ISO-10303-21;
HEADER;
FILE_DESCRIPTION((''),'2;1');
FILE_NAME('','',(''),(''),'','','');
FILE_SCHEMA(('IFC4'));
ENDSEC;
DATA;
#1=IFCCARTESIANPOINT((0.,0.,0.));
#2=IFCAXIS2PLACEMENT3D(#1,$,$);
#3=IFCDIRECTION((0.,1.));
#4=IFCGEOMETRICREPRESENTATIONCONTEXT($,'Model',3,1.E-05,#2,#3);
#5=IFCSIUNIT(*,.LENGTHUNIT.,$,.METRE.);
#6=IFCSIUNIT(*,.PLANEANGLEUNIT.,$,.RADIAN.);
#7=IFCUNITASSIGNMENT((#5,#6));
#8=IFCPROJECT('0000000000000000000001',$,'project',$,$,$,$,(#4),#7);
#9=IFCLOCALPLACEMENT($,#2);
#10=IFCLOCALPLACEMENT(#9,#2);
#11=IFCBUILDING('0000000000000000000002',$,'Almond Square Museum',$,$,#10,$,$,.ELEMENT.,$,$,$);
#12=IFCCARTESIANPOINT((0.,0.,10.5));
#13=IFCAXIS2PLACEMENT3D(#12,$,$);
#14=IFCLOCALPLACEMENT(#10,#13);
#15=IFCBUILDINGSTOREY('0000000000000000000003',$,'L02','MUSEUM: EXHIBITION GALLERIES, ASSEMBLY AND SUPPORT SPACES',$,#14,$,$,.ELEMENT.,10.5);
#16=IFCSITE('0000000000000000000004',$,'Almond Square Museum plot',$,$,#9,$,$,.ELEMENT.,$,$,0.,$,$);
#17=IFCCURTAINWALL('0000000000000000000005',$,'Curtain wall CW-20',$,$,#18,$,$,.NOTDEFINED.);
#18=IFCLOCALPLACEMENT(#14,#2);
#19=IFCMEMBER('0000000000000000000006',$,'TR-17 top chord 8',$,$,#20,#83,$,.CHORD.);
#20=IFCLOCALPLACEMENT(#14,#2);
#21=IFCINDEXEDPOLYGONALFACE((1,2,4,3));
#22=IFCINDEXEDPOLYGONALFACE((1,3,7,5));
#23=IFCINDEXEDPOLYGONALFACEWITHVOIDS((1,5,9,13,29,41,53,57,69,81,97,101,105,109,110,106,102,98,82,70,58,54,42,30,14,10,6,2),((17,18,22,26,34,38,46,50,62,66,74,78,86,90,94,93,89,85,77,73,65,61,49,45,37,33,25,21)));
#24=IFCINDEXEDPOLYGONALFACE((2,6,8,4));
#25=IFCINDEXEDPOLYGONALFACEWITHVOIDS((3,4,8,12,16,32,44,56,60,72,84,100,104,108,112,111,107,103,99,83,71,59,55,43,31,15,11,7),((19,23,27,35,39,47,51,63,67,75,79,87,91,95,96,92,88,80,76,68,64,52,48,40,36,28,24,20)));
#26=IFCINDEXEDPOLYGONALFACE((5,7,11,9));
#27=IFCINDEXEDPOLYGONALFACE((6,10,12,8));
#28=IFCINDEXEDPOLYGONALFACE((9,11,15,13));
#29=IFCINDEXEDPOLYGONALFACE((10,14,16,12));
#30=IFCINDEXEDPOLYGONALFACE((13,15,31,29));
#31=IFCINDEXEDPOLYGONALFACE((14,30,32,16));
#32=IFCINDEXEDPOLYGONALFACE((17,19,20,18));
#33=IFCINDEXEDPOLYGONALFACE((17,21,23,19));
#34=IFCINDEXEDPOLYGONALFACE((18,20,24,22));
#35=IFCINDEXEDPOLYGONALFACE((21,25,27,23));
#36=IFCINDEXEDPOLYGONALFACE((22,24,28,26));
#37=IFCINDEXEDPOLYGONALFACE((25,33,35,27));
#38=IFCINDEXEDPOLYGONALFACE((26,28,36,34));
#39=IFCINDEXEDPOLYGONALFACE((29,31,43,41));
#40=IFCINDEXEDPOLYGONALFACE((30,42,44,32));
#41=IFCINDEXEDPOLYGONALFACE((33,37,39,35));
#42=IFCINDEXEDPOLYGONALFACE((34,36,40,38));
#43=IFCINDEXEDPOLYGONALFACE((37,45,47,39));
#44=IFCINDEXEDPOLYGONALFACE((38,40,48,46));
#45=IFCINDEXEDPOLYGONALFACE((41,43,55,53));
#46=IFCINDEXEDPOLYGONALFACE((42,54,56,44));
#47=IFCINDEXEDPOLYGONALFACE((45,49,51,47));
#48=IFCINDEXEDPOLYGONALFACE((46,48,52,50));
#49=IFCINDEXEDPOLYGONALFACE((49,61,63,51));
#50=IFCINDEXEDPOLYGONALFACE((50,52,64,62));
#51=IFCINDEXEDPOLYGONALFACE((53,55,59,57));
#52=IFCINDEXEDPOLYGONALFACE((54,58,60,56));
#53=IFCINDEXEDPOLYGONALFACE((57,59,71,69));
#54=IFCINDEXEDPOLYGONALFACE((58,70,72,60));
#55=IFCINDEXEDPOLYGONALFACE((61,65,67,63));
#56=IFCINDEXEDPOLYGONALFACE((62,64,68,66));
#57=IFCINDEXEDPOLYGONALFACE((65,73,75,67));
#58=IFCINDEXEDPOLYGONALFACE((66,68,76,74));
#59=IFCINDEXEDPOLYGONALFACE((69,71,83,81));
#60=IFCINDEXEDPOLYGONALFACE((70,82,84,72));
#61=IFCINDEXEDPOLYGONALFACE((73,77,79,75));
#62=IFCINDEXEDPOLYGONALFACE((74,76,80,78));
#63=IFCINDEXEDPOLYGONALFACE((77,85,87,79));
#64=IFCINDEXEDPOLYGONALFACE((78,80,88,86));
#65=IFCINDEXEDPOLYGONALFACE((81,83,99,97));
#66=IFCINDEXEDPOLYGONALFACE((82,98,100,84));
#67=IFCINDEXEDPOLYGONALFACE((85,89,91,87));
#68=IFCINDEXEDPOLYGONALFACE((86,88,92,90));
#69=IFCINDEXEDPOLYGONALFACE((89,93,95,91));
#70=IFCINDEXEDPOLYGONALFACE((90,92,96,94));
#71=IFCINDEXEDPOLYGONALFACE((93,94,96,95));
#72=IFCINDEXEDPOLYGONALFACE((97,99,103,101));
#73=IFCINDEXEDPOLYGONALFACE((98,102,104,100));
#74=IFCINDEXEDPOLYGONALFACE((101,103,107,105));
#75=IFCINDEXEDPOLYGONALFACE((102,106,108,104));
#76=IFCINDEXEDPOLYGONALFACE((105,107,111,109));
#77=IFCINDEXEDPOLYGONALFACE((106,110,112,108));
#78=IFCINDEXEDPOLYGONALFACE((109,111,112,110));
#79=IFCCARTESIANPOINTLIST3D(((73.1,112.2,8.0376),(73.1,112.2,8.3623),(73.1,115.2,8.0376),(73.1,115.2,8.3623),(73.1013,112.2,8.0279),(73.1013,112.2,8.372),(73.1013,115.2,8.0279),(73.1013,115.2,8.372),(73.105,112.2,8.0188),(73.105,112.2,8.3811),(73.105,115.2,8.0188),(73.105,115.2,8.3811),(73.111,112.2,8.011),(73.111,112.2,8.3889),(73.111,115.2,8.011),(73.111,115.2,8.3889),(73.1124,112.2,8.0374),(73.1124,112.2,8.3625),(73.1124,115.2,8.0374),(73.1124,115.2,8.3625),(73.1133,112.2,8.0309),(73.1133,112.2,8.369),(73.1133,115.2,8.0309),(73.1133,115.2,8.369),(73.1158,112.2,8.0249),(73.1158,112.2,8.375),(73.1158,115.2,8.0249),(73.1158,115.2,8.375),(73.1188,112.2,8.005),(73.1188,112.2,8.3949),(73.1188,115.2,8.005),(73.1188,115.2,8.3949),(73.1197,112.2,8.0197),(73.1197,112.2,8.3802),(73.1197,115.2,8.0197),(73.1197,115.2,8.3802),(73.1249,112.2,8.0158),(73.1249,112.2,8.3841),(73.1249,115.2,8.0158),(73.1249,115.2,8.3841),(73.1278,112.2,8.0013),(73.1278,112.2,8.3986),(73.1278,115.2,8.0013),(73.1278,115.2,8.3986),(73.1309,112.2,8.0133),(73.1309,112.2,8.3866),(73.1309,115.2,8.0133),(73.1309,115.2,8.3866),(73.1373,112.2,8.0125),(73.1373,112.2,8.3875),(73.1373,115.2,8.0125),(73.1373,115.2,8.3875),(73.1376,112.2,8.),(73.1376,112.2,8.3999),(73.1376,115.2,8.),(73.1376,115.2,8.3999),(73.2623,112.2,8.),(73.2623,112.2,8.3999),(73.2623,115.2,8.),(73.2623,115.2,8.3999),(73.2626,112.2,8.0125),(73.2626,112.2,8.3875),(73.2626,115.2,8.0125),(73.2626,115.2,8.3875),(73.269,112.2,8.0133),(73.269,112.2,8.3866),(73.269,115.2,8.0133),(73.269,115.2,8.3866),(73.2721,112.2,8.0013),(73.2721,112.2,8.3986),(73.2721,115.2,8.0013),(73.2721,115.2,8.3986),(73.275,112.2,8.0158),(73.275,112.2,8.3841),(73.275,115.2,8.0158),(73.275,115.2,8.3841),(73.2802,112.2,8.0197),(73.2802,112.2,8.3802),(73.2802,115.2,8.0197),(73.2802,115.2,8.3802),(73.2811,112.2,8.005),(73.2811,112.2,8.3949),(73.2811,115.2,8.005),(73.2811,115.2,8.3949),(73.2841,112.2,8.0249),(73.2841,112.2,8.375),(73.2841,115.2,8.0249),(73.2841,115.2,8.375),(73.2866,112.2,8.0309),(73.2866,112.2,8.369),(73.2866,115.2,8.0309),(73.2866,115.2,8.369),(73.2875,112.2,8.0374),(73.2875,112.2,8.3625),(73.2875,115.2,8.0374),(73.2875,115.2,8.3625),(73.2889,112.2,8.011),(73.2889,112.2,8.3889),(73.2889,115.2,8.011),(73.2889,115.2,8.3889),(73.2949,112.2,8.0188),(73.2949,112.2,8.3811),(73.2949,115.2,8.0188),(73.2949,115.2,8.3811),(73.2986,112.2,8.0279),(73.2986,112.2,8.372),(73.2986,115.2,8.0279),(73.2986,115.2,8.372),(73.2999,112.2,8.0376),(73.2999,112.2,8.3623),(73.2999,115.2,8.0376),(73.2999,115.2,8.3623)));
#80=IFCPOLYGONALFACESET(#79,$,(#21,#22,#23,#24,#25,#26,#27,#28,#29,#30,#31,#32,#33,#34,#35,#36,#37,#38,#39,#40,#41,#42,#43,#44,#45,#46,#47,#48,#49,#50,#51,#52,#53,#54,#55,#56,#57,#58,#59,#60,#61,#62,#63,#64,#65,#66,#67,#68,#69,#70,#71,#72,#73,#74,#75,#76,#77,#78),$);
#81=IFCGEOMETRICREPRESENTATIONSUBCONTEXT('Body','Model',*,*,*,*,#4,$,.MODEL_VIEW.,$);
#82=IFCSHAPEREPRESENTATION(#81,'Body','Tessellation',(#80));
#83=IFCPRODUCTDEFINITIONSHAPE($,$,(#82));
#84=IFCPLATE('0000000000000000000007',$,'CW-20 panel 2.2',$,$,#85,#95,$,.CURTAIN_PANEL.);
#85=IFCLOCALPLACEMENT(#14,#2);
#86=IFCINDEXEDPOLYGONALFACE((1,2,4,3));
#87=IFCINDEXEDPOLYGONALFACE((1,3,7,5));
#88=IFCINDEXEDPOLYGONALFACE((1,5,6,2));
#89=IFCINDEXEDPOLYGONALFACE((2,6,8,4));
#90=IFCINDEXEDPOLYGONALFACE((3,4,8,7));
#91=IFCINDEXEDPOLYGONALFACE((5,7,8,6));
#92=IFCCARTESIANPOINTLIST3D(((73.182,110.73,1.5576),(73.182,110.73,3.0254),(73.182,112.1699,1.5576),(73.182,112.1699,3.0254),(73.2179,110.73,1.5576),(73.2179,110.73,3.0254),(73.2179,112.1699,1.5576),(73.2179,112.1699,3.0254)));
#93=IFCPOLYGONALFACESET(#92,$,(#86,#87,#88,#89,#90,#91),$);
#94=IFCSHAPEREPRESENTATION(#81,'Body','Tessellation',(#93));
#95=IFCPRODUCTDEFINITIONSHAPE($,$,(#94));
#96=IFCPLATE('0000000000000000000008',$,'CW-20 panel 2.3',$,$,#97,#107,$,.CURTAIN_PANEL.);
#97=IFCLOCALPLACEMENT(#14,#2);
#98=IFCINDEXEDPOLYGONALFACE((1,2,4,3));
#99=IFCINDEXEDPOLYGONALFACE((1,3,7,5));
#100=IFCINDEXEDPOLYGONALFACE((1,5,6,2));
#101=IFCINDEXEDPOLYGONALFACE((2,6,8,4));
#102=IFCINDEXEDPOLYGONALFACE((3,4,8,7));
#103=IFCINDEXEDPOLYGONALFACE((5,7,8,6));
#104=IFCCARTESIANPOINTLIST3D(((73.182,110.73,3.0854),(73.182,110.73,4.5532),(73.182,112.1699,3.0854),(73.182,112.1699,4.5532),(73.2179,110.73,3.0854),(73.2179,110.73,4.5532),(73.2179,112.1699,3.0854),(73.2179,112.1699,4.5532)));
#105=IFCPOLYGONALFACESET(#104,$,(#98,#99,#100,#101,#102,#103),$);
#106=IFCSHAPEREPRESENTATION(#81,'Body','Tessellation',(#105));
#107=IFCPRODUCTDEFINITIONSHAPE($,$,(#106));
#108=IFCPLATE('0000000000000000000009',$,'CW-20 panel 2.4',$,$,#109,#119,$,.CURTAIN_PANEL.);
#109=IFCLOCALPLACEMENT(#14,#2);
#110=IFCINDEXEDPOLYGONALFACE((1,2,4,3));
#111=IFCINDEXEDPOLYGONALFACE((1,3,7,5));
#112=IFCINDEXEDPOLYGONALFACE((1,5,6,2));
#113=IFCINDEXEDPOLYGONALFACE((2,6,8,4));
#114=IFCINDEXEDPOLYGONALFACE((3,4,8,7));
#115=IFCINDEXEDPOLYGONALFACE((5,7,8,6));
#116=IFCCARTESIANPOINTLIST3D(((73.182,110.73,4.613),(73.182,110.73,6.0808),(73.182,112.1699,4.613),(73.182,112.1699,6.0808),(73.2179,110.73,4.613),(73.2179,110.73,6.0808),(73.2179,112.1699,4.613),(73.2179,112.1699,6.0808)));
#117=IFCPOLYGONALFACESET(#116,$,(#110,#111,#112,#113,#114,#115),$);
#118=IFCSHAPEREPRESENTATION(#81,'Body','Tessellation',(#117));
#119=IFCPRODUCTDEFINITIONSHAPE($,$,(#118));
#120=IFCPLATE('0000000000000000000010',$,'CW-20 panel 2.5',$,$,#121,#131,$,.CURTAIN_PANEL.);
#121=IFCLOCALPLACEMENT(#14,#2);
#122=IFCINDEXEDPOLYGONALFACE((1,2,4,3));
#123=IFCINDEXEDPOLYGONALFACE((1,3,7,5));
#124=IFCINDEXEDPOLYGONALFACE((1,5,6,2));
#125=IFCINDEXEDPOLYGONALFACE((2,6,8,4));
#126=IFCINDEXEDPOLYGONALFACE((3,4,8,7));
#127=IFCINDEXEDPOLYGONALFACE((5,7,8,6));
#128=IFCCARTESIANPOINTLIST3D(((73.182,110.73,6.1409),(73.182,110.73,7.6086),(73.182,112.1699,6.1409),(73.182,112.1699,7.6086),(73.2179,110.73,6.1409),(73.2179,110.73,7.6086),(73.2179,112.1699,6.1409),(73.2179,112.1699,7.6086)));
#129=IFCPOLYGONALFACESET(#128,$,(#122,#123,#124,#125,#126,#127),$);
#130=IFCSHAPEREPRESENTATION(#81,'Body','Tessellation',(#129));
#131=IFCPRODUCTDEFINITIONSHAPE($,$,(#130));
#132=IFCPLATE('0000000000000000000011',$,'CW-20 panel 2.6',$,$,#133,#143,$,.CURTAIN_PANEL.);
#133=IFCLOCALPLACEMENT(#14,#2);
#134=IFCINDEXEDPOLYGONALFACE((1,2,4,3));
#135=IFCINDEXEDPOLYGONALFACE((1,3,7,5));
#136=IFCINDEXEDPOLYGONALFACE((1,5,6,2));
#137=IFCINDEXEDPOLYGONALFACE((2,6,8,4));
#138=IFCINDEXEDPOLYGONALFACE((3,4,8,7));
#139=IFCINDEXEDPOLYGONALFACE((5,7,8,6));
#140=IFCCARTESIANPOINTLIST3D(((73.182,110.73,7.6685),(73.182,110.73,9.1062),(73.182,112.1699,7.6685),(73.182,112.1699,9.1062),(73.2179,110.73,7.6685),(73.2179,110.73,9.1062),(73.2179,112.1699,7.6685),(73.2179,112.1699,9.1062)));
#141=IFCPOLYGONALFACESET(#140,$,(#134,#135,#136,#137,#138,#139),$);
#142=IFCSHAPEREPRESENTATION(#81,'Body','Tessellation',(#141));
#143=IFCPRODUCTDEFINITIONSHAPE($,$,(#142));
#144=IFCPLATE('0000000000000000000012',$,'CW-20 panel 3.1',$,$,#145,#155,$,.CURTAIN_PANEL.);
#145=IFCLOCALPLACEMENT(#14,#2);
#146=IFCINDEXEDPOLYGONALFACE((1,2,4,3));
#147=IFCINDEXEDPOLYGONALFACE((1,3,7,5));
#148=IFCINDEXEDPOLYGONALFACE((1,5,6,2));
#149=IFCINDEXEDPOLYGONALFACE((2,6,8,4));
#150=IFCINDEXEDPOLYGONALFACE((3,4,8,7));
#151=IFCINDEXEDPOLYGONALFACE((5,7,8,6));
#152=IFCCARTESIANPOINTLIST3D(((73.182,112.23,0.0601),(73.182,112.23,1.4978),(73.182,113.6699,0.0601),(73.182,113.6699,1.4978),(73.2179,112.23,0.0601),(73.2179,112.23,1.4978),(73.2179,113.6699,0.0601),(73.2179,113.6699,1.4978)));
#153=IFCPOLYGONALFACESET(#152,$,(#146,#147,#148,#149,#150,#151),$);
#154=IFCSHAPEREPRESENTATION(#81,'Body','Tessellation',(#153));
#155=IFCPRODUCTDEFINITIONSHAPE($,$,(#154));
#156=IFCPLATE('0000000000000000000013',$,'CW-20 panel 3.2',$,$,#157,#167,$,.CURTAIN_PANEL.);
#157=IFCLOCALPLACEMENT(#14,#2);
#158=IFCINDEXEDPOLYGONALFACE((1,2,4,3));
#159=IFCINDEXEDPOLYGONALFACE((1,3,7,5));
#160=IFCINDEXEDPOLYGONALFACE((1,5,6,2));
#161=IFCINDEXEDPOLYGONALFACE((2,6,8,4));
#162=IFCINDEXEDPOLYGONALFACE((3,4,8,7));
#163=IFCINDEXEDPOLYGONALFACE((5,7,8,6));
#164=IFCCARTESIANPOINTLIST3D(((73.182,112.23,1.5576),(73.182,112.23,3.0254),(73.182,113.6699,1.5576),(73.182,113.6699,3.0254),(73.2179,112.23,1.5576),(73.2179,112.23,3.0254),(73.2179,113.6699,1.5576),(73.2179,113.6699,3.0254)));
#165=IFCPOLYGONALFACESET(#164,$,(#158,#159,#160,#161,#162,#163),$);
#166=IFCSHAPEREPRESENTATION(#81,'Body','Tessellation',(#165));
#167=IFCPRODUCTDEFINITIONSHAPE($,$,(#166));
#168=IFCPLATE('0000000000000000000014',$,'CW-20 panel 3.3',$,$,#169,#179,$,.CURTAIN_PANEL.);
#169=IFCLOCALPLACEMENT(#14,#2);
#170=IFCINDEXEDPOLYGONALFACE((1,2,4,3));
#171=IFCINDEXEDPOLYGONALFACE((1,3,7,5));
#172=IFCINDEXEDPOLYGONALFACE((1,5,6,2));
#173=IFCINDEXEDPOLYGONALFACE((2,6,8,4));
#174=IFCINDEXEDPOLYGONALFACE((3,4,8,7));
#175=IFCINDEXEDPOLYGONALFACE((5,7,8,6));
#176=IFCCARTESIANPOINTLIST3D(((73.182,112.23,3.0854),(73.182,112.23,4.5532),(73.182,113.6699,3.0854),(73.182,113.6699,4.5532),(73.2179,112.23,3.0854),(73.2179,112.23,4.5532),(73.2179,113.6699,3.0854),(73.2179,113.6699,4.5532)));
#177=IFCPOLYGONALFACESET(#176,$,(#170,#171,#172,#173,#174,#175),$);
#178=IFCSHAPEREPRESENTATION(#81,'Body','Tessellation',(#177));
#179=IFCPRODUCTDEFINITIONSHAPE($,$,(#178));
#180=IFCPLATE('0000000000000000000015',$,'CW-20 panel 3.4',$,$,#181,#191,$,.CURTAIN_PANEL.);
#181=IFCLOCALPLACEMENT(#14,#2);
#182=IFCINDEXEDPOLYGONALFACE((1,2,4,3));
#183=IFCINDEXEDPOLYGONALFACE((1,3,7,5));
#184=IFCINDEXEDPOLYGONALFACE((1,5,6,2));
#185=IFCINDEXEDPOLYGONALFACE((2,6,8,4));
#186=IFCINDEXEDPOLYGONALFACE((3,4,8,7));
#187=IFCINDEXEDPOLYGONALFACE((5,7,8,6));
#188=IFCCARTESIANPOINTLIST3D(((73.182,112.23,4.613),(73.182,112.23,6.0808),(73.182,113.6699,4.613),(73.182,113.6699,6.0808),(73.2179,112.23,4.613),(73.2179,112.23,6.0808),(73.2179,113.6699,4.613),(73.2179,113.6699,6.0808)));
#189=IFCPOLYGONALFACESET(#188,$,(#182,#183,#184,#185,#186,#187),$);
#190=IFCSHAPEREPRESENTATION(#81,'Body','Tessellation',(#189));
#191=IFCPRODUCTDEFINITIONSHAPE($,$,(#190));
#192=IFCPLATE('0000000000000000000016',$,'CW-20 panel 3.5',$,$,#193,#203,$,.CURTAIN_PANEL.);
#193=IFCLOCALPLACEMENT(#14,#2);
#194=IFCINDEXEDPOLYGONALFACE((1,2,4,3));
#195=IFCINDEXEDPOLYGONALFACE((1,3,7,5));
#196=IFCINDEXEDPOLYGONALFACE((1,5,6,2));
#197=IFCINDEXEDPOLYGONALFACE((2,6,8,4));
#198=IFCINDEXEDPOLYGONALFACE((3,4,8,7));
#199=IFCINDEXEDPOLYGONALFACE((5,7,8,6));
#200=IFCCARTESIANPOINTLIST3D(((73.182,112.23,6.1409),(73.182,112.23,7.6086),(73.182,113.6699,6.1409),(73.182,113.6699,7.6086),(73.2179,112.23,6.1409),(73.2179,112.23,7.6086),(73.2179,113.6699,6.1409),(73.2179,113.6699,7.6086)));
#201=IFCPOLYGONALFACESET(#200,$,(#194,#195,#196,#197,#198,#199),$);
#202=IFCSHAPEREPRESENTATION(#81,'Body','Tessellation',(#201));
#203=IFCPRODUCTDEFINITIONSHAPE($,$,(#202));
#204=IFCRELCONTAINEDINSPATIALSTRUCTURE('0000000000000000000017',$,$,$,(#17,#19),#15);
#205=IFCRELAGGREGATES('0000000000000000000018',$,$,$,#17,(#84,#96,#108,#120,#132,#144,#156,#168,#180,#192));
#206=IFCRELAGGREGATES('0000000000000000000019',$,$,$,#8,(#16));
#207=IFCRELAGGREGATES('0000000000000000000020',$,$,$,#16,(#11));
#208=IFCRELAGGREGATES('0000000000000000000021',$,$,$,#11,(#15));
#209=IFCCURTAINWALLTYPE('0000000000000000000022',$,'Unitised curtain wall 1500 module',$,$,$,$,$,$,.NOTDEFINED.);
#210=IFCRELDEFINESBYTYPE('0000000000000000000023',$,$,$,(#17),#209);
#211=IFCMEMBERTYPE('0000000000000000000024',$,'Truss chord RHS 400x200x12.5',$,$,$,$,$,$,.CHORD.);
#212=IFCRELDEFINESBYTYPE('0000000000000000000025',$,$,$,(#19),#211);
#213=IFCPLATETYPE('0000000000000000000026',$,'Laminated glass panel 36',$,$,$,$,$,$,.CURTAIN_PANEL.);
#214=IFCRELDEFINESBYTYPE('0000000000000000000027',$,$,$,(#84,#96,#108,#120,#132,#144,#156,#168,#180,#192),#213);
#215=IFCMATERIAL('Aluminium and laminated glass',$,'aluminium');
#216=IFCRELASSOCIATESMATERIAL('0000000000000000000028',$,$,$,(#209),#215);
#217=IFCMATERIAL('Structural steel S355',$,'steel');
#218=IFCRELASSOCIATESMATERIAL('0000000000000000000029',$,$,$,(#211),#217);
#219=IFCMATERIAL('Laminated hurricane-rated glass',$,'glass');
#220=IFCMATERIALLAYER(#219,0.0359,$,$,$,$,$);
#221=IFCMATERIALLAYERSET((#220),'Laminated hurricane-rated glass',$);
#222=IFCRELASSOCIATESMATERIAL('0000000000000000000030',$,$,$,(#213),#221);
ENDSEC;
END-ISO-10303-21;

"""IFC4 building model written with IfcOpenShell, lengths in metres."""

from ifc_helpers import new_model, si_unit, direction, frame, origin, origin_2d, place, context, subcontext, project, spatial, rectangle, hollow_rectangle, extrude, material, layer, layer_set, material_profile, profile_set, type_object, element, aggregate, save


model = new_model("IFC4")

# Units and contexts
model_context = context("Model", 3, precision=1e-05, world=origin(), true_north=direction((0.0, 1.0)))
body_context = subcontext(model_context, "Body", "Model", "MODEL_VIEW")
ifc_project = project(units=[si_unit("LENGTHUNIT", "METRE"), si_unit("PLANEANGLEUNIT", "RADIAN")], contexts=[model_context])

# Site, building, storey
site_placement = place(None, origin())
site = spatial("IfcSite", under=ifc_project, at=site_placement, Name="Almond Square Museum plot", CompositionType="ELEMENT", RefElevation=0.0)
building_placement = place(site_placement, origin())
building = spatial("IfcBuilding", under=site, at=building_placement, Name="Almond Square Museum", CompositionType="ELEMENT")
storey_placement = place(building_placement, frame((0.0, 0.0, 10.5)))
storey = spatial("IfcBuildingStorey", under=building, at=storey_placement, Name="L02", Description="MUSEUM: EXHIBITION GALLERIES, ASSEMBLY AND SUPPORT SPACES", CompositionType="ELEMENT", Elevation=10.5)

# Curtain wall
ifc_material_1 = material(Name="Aluminium and laminated glass", Category="aluminium")
curtain_wall_type = type_object("IfcCurtainWallType", Name="Unitised curtain wall 1500 module", PredefinedType="NOTDEFINED", material=ifc_material_1)
curtain_wall_placement = place(storey_placement, origin())
curtain_wall = element("IfcCurtainWall", 1, at=curtain_wall_placement, inside=storey, type_object=curtain_wall_type, Name="Curtain wall CW-20", PredefinedType="NOTDEFINED")

# Member
ifc_material_2 = material(Name="Structural steel S355", Category="steel")
ifc_material_profile_1 = material_profile(ifc_material_2, hollow_rectangle(XDim=0.2, YDim=0.3999, WallThickness=0.0125, InnerFilletRadius=0.0249, OuterFilletRadius=0.0376, at=origin_2d()))
ifc_profile_set_1 = profile_set([ifc_material_profile_1], Name="Structural steel S355")
member_type_1 = type_object("IfcMemberType", Name="Truss chord RHS 400x200x12.5", PredefinedType="CHORD", material=ifc_profile_set_1)
member_1_placement = place(storey_placement, frame((73.2, 112.2, 8.2), z_axis=(0.0, 1.0, 0.0), x_axis=(-1.0, 0.0, 0.0)))
element("IfcMember", 2, at=member_1_placement, inside=storey, type_object=member_type_1, Name="TR-17 top chord 8", PredefinedType="CHORD", context=body_context, shape_type="SweptSolid", body=[
    extrude(hollow_rectangle(XDim=0.2, YDim=0.3999, WallThickness=0.0125, InnerFilletRadius=0.0249, OuterFilletRadius=0.0376, at=origin_2d()), origin(), (0.0, 0.0, 1.0), 3.0),
])

# Plates
ifc_material_3 = material(Name="Laminated hurricane-rated glass", Category="glass")
ifc_layer = layer(ifc_material_3, 0.0359)
ifc_layer_set = layer_set([ifc_layer], Name="Laminated hurricane-rated glass")
plate_type = type_object("IfcPlateType", Name="Laminated glass panel 36", PredefinedType="CURTAIN_PANEL", material=ifc_layer_set)
plate_1_placement = place(storey_placement, frame((73.2, 111.45, 1.5576), z_axis=(0.0, 0.0, 1.0), x_axis=(0.0, 1.0, 0.0)))
plate_1 = element("IfcPlate", 3, at=plate_1_placement, type_object=plate_type, Name="CW-20 panel 2.2", PredefinedType="CURTAIN_PANEL", context=body_context, shape_type="SweptSolid", body=[
    extrude(rectangle(XDim=1.4399, YDim=0.0359, at=origin_2d()), origin(), (0.0, 0.0, 1.0), 1.4678),
])
plate_2_placement = place(storey_placement, frame((73.2, 111.45, 3.0854), z_axis=(0.0, 0.0, 1.0), x_axis=(0.0, 1.0, 0.0)))
plate_2 = element("IfcPlate", 4, at=plate_2_placement, type_object=plate_type, Name="CW-20 panel 2.3", PredefinedType="CURTAIN_PANEL", context=body_context, shape_type="SweptSolid", body=[
    extrude(rectangle(XDim=1.4399, YDim=0.0359, at=origin_2d()), origin(), (0.0, 0.0, 1.0), 1.4678),
])
plate_3_placement = place(storey_placement, frame((73.2, 111.45, 4.613), z_axis=(0.0, 0.0, 1.0), x_axis=(0.0, 1.0, 0.0)))
plate_3 = element("IfcPlate", 5, at=plate_3_placement, type_object=plate_type, Name="CW-20 panel 2.4", PredefinedType="CURTAIN_PANEL", context=body_context, shape_type="SweptSolid", body=[
    extrude(rectangle(XDim=1.4399, YDim=0.0359, at=origin_2d()), origin(), (0.0, 0.0, 1.0), 1.4678),
])
plate_4_placement = place(storey_placement, frame((73.2, 111.45, 6.1409), z_axis=(0.0, 0.0, 1.0), x_axis=(0.0, 1.0, 0.0)))
plate_4 = element("IfcPlate", 6, at=plate_4_placement, type_object=plate_type, Name="CW-20 panel 2.5", PredefinedType="CURTAIN_PANEL", context=body_context, shape_type="SweptSolid", body=[
    extrude(rectangle(XDim=1.4399, YDim=0.0359, at=origin_2d()), origin(), (0.0, 0.0, 1.0), 1.4678),
])
plate_5_placement = place(storey_placement, frame((73.2, 111.45, 7.6685), z_axis=(0.0, 0.0, 1.0), x_axis=(0.0, 1.0, 0.0)))
plate_5 = element("IfcPlate", 7, at=plate_5_placement, type_object=plate_type, Name="CW-20 panel 2.6", PredefinedType="CURTAIN_PANEL", context=body_context, shape_type="SweptSolid", body=[
    extrude(rectangle(XDim=1.4399, YDim=0.0359, at=origin_2d()), origin(), (0.0, 0.0, 1.0), 1.4377),
])
plate_6_placement = place(storey_placement, frame((73.2, 112.95, 0.0601), z_axis=(0.0, 0.0, 1.0), x_axis=(0.0, 1.0, 0.0)))
plate_6 = element("IfcPlate", 8, at=plate_6_placement, type_object=plate_type, Name="CW-20 panel 3.1", PredefinedType="CURTAIN_PANEL", context=body_context, shape_type="SweptSolid", body=[
    extrude(rectangle(XDim=1.4399, YDim=0.0359, at=origin_2d()), origin(), (0.0, 0.0, 1.0), 1.4377),
])
plate_7_placement = place(storey_placement, frame((73.2, 112.95, 1.5576), z_axis=(0.0, 0.0, 1.0), x_axis=(0.0, 1.0, 0.0)))
plate_7 = element("IfcPlate", 9, at=plate_7_placement, type_object=plate_type, Name="CW-20 panel 3.2", PredefinedType="CURTAIN_PANEL", context=body_context, shape_type="SweptSolid", body=[
    extrude(rectangle(XDim=1.4399, YDim=0.0359, at=origin_2d()), origin(), (0.0, 0.0, 1.0), 1.4678),
])
plate_8_placement = place(storey_placement, frame((73.2, 112.95, 3.0854), z_axis=(0.0, 0.0, 1.0), x_axis=(0.0, 1.0, 0.0)))
plate_8 = element("IfcPlate", 10, at=plate_8_placement, type_object=plate_type, Name="CW-20 panel 3.3", PredefinedType="CURTAIN_PANEL", context=body_context, shape_type="SweptSolid", body=[
    extrude(rectangle(XDim=1.4399, YDim=0.0359, at=origin_2d()), origin(), (0.0, 0.0, 1.0), 1.4678),
])
plate_9_placement = place(storey_placement, frame((73.2, 112.95, 4.613), z_axis=(0.0, 0.0, 1.0), x_axis=(0.0, 1.0, 0.0)))
plate_9 = element("IfcPlate", 11, at=plate_9_placement, type_object=plate_type, Name="CW-20 panel 3.4", PredefinedType="CURTAIN_PANEL", context=body_context, shape_type="SweptSolid", body=[
    extrude(rectangle(XDim=1.4399, YDim=0.0359, at=origin_2d()), origin(), (0.0, 0.0, 1.0), 1.4678),
])
plate_10_placement = place(storey_placement, frame((73.2, 112.95, 6.1409), z_axis=(0.0, 0.0, 1.0), x_axis=(0.0, 1.0, 0.0)))
plate_10 = element("IfcPlate", 12, at=plate_10_placement, type_object=plate_type, Name="CW-20 panel 3.5", PredefinedType="CURTAIN_PANEL", context=body_context, shape_type="SweptSolid", body=[
    extrude(rectangle(XDim=1.4399, YDim=0.0359, at=origin_2d()), origin(), (0.0, 0.0, 1.0), 1.4678),
])
aggregate(curtain_wall, [plate_1, plate_2, plate_3, plate_4, plate_5, plate_6, plate_7, plate_8, plate_9, plate_10])

save(model, "model.ifc")
